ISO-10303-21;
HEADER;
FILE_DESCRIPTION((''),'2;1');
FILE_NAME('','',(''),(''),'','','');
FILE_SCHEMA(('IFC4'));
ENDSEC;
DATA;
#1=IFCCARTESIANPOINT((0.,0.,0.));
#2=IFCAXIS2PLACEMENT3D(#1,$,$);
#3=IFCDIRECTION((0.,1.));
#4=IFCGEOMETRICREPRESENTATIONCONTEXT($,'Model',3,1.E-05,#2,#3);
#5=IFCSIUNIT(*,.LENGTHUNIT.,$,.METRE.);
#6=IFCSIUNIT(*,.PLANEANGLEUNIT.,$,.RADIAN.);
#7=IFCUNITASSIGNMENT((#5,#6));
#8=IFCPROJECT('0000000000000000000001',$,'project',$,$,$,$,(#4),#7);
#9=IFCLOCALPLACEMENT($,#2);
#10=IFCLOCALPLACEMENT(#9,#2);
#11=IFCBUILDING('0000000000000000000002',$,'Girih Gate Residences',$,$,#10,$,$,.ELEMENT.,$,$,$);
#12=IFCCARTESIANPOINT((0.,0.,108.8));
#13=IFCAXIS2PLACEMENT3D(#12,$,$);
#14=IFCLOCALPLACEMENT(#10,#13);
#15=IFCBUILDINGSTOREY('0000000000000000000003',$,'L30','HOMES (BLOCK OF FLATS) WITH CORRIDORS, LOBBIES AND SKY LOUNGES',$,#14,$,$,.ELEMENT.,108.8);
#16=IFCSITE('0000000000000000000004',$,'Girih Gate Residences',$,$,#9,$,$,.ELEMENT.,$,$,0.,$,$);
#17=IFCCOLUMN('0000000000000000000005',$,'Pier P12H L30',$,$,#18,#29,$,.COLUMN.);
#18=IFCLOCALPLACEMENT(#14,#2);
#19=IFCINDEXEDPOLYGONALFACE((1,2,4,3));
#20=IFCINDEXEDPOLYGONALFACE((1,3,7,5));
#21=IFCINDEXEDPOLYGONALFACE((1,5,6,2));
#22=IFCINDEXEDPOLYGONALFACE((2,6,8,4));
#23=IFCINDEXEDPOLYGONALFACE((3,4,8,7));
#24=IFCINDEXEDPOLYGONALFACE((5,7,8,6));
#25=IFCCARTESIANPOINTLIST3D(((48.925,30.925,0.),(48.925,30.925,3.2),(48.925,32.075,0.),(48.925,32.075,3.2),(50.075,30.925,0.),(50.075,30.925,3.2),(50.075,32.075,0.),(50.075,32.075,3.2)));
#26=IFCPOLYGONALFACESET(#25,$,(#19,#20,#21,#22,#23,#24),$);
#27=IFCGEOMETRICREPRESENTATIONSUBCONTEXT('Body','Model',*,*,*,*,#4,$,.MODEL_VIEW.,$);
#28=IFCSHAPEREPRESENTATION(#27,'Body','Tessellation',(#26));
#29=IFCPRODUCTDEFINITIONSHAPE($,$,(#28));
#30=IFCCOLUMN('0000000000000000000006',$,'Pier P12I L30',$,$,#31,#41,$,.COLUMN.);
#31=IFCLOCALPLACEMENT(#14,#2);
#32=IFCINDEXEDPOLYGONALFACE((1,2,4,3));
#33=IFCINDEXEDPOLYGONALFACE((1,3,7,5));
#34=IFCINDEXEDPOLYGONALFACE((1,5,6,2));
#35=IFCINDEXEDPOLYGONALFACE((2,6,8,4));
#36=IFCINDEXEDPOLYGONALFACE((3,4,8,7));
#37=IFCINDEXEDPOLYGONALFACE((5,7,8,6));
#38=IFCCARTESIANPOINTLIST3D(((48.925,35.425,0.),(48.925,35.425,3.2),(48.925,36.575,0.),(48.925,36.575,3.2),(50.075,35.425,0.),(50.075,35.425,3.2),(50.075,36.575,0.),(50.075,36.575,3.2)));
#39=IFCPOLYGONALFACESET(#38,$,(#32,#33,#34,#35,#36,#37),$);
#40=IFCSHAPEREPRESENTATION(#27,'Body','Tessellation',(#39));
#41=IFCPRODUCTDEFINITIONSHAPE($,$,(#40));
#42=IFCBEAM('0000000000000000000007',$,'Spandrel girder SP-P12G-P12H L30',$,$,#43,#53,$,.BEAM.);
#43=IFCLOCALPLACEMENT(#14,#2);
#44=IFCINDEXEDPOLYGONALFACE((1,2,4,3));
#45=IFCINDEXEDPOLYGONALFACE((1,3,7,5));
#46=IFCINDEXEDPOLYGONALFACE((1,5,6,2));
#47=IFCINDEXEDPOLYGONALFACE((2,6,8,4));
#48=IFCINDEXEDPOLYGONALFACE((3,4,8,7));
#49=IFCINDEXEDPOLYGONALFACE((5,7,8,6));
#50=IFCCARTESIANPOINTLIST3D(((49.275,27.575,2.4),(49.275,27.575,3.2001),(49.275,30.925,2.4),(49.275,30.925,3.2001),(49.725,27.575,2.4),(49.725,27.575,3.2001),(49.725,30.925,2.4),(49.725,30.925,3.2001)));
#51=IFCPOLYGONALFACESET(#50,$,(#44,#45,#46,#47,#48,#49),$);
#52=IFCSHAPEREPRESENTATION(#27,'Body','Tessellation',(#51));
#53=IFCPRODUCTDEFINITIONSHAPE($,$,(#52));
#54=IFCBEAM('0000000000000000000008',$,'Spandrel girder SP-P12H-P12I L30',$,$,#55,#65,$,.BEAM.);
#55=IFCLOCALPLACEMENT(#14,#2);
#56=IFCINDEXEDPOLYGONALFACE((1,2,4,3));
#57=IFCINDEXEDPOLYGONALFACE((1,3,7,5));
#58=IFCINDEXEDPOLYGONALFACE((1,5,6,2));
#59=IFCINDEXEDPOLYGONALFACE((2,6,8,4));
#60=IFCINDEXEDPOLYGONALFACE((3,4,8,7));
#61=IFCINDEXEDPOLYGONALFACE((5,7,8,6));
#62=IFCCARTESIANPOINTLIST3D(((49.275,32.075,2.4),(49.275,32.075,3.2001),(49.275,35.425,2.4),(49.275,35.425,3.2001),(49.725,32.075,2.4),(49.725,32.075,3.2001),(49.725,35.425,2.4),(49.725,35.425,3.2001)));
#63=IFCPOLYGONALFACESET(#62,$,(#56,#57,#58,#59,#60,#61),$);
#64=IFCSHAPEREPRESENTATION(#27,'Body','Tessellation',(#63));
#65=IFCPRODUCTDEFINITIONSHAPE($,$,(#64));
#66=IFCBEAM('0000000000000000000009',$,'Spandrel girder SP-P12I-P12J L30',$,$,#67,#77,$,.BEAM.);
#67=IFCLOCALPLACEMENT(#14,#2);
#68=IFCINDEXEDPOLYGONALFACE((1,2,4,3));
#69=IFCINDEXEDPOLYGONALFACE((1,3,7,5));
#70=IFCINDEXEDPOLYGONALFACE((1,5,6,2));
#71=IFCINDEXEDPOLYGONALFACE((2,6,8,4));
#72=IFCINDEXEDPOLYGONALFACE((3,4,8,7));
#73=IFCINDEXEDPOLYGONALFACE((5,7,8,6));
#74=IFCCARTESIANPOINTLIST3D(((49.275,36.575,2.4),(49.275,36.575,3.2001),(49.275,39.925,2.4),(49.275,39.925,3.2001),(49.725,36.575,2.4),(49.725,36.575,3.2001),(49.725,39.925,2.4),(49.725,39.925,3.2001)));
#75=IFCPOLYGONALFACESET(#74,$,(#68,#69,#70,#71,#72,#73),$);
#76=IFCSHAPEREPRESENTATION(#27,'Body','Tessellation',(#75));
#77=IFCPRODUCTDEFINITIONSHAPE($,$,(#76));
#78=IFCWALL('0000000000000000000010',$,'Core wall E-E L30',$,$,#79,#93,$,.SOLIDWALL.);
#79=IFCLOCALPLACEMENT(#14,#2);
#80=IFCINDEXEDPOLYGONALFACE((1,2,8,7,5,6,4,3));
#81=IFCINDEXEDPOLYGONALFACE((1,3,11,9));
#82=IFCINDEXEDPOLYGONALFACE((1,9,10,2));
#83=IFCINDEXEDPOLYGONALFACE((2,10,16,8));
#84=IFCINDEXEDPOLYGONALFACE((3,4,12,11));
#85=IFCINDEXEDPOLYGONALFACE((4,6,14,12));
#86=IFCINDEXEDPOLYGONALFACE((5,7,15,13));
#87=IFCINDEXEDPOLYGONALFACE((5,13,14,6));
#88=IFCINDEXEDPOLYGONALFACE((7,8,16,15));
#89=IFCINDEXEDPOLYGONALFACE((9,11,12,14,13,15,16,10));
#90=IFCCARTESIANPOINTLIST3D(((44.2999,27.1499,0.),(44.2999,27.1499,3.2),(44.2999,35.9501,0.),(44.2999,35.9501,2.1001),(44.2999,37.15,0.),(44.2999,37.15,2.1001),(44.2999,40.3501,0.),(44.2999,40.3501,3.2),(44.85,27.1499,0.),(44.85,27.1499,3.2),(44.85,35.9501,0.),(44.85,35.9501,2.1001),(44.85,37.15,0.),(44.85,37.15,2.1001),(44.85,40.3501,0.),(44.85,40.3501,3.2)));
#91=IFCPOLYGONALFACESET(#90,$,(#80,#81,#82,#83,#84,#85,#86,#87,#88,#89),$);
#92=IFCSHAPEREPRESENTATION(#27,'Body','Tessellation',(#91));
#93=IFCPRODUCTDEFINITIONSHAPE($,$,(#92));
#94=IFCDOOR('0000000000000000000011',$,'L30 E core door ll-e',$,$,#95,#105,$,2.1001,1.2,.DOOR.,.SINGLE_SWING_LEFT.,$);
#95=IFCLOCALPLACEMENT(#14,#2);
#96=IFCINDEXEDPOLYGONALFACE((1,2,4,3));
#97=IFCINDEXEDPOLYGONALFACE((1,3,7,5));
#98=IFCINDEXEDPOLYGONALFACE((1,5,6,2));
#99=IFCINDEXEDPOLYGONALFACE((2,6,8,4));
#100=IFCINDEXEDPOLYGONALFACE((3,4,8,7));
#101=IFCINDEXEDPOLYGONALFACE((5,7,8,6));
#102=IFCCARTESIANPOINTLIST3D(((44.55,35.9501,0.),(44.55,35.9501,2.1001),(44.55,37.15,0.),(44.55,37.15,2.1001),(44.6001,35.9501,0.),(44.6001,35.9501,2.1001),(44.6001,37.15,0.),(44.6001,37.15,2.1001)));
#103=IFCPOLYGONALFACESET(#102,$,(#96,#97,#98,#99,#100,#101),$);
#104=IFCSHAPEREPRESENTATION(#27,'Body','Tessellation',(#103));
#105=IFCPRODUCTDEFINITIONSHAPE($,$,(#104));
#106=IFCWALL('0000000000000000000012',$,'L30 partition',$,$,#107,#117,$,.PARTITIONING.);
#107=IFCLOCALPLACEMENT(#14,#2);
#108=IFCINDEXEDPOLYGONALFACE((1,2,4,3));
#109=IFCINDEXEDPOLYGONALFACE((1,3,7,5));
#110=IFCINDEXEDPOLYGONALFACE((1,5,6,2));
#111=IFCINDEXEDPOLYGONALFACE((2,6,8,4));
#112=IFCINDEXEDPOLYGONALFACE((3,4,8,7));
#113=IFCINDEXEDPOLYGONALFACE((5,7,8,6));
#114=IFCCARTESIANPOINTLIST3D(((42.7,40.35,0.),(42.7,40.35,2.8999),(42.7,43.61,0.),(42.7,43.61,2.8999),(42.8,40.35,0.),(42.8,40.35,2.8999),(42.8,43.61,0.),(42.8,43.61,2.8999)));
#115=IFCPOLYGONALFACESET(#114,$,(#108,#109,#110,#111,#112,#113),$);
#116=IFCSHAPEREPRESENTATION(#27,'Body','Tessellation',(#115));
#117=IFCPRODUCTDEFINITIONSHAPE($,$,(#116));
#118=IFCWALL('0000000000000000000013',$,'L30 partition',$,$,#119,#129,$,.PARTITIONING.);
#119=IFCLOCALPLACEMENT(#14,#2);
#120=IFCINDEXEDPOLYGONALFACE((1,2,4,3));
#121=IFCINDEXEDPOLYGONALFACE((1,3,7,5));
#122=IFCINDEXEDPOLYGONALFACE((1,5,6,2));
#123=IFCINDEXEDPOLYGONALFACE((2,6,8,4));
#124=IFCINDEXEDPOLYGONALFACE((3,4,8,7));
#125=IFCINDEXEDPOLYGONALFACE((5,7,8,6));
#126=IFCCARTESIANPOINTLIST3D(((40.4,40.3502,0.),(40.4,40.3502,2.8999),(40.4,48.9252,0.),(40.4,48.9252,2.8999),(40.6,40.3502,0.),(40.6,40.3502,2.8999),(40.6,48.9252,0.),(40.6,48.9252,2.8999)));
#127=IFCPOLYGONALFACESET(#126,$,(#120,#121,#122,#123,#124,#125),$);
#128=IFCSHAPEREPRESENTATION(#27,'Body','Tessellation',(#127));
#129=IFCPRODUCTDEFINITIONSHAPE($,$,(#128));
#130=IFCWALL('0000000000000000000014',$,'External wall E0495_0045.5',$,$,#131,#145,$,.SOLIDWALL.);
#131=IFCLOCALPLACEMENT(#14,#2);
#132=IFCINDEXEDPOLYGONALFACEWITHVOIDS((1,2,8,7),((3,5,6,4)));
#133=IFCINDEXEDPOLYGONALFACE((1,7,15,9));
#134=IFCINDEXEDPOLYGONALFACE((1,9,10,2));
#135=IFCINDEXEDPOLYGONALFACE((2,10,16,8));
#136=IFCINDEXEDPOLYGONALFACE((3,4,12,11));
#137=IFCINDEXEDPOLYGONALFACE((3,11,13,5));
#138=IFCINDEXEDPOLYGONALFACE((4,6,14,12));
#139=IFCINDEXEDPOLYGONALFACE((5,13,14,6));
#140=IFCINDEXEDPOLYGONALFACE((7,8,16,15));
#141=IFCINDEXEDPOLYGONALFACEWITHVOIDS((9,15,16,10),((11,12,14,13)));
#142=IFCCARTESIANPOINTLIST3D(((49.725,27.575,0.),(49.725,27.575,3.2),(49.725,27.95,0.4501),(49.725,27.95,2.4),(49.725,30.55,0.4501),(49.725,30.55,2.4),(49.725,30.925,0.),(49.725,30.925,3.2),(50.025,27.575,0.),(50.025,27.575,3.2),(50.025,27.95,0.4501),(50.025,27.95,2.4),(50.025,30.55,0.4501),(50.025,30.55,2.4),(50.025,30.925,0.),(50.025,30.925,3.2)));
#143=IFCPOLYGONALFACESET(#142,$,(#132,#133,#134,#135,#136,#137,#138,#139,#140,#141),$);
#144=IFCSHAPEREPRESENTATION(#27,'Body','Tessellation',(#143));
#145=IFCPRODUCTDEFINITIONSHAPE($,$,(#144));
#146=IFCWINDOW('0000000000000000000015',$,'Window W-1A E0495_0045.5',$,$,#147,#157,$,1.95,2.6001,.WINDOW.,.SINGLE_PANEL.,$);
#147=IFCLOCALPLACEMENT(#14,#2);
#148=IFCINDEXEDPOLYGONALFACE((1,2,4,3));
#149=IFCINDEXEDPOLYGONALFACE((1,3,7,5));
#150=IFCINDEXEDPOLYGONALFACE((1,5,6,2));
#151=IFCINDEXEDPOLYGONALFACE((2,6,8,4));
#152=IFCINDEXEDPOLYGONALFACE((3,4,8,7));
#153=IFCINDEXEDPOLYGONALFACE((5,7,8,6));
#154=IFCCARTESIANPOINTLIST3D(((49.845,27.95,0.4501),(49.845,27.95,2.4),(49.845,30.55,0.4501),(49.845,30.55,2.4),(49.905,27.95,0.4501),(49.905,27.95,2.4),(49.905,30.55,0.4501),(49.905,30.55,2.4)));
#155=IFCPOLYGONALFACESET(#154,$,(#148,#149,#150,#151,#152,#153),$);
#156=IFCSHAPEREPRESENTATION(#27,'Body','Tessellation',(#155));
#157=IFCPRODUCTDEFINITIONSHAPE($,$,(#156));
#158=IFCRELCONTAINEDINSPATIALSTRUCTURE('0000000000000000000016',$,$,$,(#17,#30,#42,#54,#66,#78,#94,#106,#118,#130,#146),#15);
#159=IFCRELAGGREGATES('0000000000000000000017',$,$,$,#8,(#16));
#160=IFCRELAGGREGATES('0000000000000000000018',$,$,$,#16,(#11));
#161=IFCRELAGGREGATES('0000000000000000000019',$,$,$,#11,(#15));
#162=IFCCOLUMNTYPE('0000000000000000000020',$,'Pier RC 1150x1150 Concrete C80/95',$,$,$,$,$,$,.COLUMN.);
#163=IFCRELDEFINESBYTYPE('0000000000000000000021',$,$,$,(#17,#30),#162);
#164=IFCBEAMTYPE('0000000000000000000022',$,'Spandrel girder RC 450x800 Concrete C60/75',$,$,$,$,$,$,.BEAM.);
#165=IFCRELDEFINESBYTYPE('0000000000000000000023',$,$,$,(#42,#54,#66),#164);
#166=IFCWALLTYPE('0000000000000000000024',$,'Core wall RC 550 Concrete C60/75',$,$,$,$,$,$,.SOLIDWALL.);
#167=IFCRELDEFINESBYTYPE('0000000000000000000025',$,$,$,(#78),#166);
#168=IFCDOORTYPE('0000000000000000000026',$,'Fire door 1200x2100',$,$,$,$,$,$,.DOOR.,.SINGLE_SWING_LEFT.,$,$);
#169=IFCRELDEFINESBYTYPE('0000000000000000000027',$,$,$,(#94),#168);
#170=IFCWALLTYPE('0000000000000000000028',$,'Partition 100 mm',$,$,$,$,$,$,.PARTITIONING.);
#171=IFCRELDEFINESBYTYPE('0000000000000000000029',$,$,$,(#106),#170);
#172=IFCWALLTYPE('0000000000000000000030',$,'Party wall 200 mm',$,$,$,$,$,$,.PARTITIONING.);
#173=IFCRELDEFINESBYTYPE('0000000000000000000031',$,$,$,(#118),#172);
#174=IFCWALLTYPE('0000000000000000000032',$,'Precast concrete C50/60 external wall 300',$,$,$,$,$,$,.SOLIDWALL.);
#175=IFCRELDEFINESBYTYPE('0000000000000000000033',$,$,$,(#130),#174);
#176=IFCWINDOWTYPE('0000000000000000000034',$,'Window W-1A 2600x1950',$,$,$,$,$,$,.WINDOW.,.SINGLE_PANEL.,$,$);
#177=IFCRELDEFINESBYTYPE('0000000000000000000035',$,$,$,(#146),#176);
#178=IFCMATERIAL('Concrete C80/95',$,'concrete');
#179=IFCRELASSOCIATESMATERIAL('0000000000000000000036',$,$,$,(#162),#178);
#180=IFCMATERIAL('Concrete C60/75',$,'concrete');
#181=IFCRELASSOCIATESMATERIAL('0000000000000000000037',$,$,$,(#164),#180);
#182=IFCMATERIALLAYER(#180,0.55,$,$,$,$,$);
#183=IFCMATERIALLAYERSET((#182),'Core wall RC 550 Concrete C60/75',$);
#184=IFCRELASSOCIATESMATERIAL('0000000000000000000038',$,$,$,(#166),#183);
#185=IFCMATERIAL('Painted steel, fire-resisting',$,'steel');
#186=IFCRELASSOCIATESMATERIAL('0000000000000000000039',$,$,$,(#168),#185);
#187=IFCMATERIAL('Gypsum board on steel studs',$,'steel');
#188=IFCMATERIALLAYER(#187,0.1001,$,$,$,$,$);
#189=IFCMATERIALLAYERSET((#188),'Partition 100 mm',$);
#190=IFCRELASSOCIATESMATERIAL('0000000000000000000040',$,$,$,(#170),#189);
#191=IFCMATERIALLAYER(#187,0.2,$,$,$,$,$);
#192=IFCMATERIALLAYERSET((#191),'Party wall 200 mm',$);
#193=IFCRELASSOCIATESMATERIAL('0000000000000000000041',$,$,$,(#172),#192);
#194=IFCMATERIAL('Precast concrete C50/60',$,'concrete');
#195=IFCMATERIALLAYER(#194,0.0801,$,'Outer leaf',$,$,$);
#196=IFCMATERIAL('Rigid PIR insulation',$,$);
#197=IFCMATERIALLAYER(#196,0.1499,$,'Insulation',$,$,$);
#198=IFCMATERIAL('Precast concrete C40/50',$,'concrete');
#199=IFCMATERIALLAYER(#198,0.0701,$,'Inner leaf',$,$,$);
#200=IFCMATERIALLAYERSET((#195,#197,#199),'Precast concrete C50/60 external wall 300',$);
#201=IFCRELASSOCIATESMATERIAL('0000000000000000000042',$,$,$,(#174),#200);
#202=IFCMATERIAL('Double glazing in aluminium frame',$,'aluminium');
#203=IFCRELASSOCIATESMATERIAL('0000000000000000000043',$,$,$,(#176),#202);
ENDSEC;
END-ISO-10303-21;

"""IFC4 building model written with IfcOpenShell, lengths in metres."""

from ifc_helpers import new_model, si_unit, direction, frame, frame_2d, origin, origin_2d, place, context, subcontext, project, spatial, rectangle, extrude, material, layer, layer_set, material_profile, profile_set, type_object, element, fill, save


model = new_model("IFC4")

# Units and contexts
model_context = context("Model", 3, precision=1e-05, world=origin(), true_north=direction((0.0, 1.0)))
body_context = subcontext(model_context, "Body", "Model", "MODEL_VIEW")
ifc_project = project(units=[si_unit("LENGTHUNIT", "METRE"), si_unit("PLANEANGLEUNIT", "RADIAN")], contexts=[model_context])

# Site, building, storey
site_placement = place(None, origin())
site = spatial("IfcSite", under=ifc_project, at=site_placement, Name="Girih Gate Residences", CompositionType="ELEMENT", RefElevation=0.0)
building_placement = place(site_placement, origin())
building = spatial("IfcBuilding", under=site, at=building_placement, Name="Girih Gate Residences", CompositionType="ELEMENT")
storey_placement = place(building_placement, frame((0.0, 0.0, 108.8)))
storey = spatial("IfcBuildingStorey", under=building, at=storey_placement, Name="L30", Description="HOMES (BLOCK OF FLATS) WITH CORRIDORS, LOBBIES AND SKY LOUNGES", CompositionType="ELEMENT", Elevation=108.8)

# Columns
ifc_material_1 = material(Name="Concrete C80/95", Category="concrete")
ifc_material_profile_1 = material_profile(ifc_material_1, rectangle(XDim=1.1499, YDim=1.1499, at=origin_2d()))
ifc_profile_set_1 = profile_set([ifc_material_profile_1], Name="Concrete C80/95")
column_type = type_object("IfcColumnType", Name="Pier RC 1150x1150 Concrete C80/95", PredefinedType="COLUMN", material=ifc_profile_set_1)
for number, where, z_axis, x_axis, name in (
    (1, (49.5, 31.5, 0.0), (0.0, 0.0, 1.0), (1.0, 0.0, 0.0), "Pier P12H L30"),
    (2, (49.5, 36.0, 0.0), (0.0, 0.0, 1.0), (1.0, 0.0, 0.0), "Pier P12I L30"),
):
    element("IfcColumn", number, at=place(storey_placement, frame(where, z_axis=z_axis, x_axis=x_axis)), inside=storey, type_object=column_type, Name=name, PredefinedType="COLUMN", context=body_context, shape_type="SweptSolid", body=[
        extrude(rectangle(XDim=1.1499, YDim=1.1499, at=origin_2d()), origin(), (0.0, 0.0, 1.0), 3.2),
    ])

# Beams
ifc_material_2 = material(Name="Concrete C60/75", Category="concrete")
ifc_material_profile_2 = material_profile(ifc_material_2, rectangle(XDim=0.45, YDim=0.8, at=origin_2d()))
ifc_profile_set_2 = profile_set([ifc_material_profile_2], Name="Concrete C60/75")
beam_type = type_object("IfcBeamType", Name="Spandrel girder RC 450x800 Concrete C60/75", PredefinedType="BEAM", material=ifc_profile_set_2)
for number, where, z_axis, x_axis, name in (
    (3, (49.5, 27.575, 2.8), (0.0, 1.0, 0.0), (-1.0, 0.0, 0.0), "Spandrel girder SP-P12G-P12H L30"),
    (4, (49.5, 32.075, 2.8), (0.0, 1.0, 0.0), (-1.0, 0.0, 0.0), "Spandrel girder SP-P12H-P12I L30"),
    (5, (49.5, 36.575, 2.8), (0.0, 1.0, 0.0), (-1.0, 0.0, 0.0), "Spandrel girder SP-P12I-P12J L30"),
):
    element("IfcBeam", number, at=place(storey_placement, frame(where, z_axis=z_axis, x_axis=x_axis)), inside=storey, type_object=beam_type, Name=name, PredefinedType="BEAM", context=body_context, shape_type="SweptSolid", body=[
        extrude(rectangle(XDim=0.45, YDim=0.8, at=origin_2d()), origin(), (0.0, 0.0, 1.0), 3.3501),
    ])

# Wall, opening, door
ifc_layer_1 = layer(ifc_material_2, 0.55)
ifc_layer_set_1 = layer_set([ifc_layer_1], Name="Core wall RC 550 Concrete C60/75")
wall_type_1 = type_object("IfcWallType", Name="Core wall RC 550 Concrete C60/75", PredefinedType="SOLIDWALL", material=ifc_layer_set_1)
wall_1_placement = place(storey_placement, frame((44.575, 27.1499, 0.0), z_axis=(0.0, 0.0, 1.0), x_axis=(0.0, 1.0, 0.0)))
wall_1 = element("IfcWall", 6, at=wall_1_placement, inside=storey, type_object=wall_type_1, Name="Core wall E-E L30", PredefinedType="SOLIDWALL", context=body_context, shape_type="SweptSolid", body=[
    extrude(rectangle(XDim=13.2002, YDim=0.55, at=frame_2d((6.6001, 0.0))), origin(), (0.0, 0.0, 1.0), 3.2),
])
opening_1_placement = place(wall_1_placement, frame((8.8, 0.0, 0.0)))
opening_1 = element("IfcOpeningElement", 7, at=opening_1_placement, cuts=wall_1, PredefinedType="OPENING", context=body_context, shape_type="SweptSolid", body=[
    extrude(rectangle(XDim=1.2, YDim=2.1001, at=frame_2d((0.6001, 1.05))), frame((0.0, 0.2849, 0.0), z_axis=(0.0, -1.0, 0.0), x_axis=(1.0, 0.0, 0.0)), (0.0, 0.0, 1.0), 0.5701),
])
ifc_material_3 = material(Name="Painted steel, fire-resisting", Category="steel")
door_type_1 = type_object("IfcDoorType", Name="Fire door 1200x2100", OperationType="SINGLE_SWING_LEFT", PredefinedType="DOOR", material=ifc_material_3)
door_1_placement = place(opening_1_placement, origin())
door_1 = element("IfcDoor", 8, at=door_1_placement, inside=storey, type_object=door_type_1, Name="L30 E core door ll-e", OperationType="SINGLE_SWING_LEFT", OverallHeight=2.1001, OverallWidth=1.2, PredefinedType="DOOR", context=body_context, shape_type="SweptSolid", body=[
    extrude(rectangle(XDim=1.2, YDim=2.1001, at=frame_2d((0.6001, 1.05))), frame((0.0, 0.0249, 0.0), z_axis=(0.0, -1.0, 0.0), x_axis=(1.0, 0.0, 0.0)), (0.0, 0.0, 1.0), 0.05),
])
fill(opening_1, door_1)

# Walls
ifc_material_4 = material(Name="Gypsum board on steel studs", Category="steel")
ifc_layer_2 = layer(ifc_material_4, 0.1001)
ifc_layer_set_2 = layer_set([ifc_layer_2], Name="Partition 100 mm")
wall_type_2 = type_object("IfcWallType", Name="Partition 100 mm", PredefinedType="PARTITIONING", material=ifc_layer_set_2)
wall_2_placement = place(storey_placement, frame((42.75, 40.3501, 0.0), z_axis=(0.0, 0.0, 1.0), x_axis=(0.0, 1.0, 0.0)))
element("IfcWall", 9, at=wall_2_placement, inside=storey, type_object=wall_type_2, Name="L30 partition", PredefinedType="PARTITIONING", context=body_context, shape_type="SweptSolid", body=[
    extrude(rectangle(XDim=3.26, YDim=0.1001, at=frame_2d((1.6299, 0.0))), origin(), (0.0, 0.0, 1.0), 2.8999),
])
ifc_layer_3 = layer(ifc_material_4, 0.2)
ifc_layer_set_3 = layer_set([ifc_layer_3], Name="Party wall 200 mm")
wall_type_3 = type_object("IfcWallType", Name="Party wall 200 mm", PredefinedType="PARTITIONING", material=ifc_layer_set_3)
wall_3_placement = place(storey_placement, frame((40.5, 40.3501, 0.0), z_axis=(0.0, 0.0, 1.0), x_axis=(0.0, 1.0, 0.0)))
element("IfcWall", 10, at=wall_3_placement, inside=storey, type_object=wall_type_3, Name="L30 partition", PredefinedType="PARTITIONING", context=body_context, shape_type="SweptSolid", body=[
    extrude(rectangle(XDim=8.575, YDim=0.2, at=frame_2d((4.2876, 0.0))), origin(), (0.0, 0.0, 1.0), 2.8999),
])

# Wall, opening, window
ifc_material_5 = material(Name="Precast concrete C50/60", Category="concrete")
ifc_layer_4 = layer(ifc_material_5, 0.0801, Name="Outer leaf")
ifc_material_6 = material(Name="Rigid PIR insulation")
ifc_layer_5 = layer(ifc_material_6, 0.1499, Name="Insulation")
ifc_material_7 = material(Name="Precast concrete C40/50", Category="concrete")
ifc_layer_6 = layer(ifc_material_7, 0.0701, Name="Inner leaf")
ifc_layer_set_4 = layer_set([ifc_layer_4, ifc_layer_5, ifc_layer_6], Name="Precast concrete C50/60 external wall 300")
wall_type_4 = type_object("IfcWallType", Name="Precast concrete C50/60 external wall 300", PredefinedType="SOLIDWALL", material=ifc_layer_set_4)
wall_4_placement = place(storey_placement, frame((49.875, 30.925, 0.0), z_axis=(0.0, 0.0, 1.0), x_axis=(0.0, -1.0, 0.0)))
wall_4 = element("IfcWall", 11, at=wall_4_placement, inside=storey, type_object=wall_type_4, Name="External wall E0495_0045.5", PredefinedType="SOLIDWALL", context=body_context, shape_type="SweptSolid", body=[
    extrude(rectangle(XDim=3.3501, YDim=0.3, at=frame_2d((1.675, 0.0))), origin(), (0.0, 0.0, 1.0), 3.2),
])
opening_2_placement = place(wall_4_placement, frame((0.375, 0.0, 0.45)))
opening_2 = element("IfcOpeningElement", 12, at=opening_2_placement, cuts=wall_4, PredefinedType="OPENING", context=body_context, shape_type="SweptSolid", body=[
    extrude(rectangle(XDim=2.6001, YDim=1.95, at=frame_2d((1.3, 0.9751))), frame((0.0, 0.1599, 0.0), z_axis=(0.0, -1.0, 0.0), x_axis=(1.0, 0.0, 0.0)), (0.0, 0.0, 1.0), 0.3201),
])
ifc_material_8 = material(Name="Double glazing in aluminium frame", Category="aluminium")
window_type = type_object("IfcWindowType", Name="Window W-1A 2600x1950", PartitioningType="SINGLE_PANEL", PredefinedType="WINDOW", material=ifc_material_8)
window_1_placement = place(opening_2_placement, origin())
window_1 = element("IfcWindow", 13, at=window_1_placement, inside=storey, type_object=window_type, Name="Window W-1A E0495_0045.5", OverallHeight=1.95, OverallWidth=2.6001, PartitioningType="SINGLE_PANEL", PredefinedType="WINDOW", context=body_context, shape_type="SweptSolid", body=[
    extrude(rectangle(XDim=2.6001, YDim=1.95, at=frame_2d((1.3, 0.9751))), frame((0.0, 0.03, 0.0), z_axis=(0.0, -1.0, 0.0), x_axis=(1.0, 0.0, 0.0)), (0.0, 0.0, 1.0), 0.0601),
])
fill(opening_2, window_1)

save(model, "model.ifc")
